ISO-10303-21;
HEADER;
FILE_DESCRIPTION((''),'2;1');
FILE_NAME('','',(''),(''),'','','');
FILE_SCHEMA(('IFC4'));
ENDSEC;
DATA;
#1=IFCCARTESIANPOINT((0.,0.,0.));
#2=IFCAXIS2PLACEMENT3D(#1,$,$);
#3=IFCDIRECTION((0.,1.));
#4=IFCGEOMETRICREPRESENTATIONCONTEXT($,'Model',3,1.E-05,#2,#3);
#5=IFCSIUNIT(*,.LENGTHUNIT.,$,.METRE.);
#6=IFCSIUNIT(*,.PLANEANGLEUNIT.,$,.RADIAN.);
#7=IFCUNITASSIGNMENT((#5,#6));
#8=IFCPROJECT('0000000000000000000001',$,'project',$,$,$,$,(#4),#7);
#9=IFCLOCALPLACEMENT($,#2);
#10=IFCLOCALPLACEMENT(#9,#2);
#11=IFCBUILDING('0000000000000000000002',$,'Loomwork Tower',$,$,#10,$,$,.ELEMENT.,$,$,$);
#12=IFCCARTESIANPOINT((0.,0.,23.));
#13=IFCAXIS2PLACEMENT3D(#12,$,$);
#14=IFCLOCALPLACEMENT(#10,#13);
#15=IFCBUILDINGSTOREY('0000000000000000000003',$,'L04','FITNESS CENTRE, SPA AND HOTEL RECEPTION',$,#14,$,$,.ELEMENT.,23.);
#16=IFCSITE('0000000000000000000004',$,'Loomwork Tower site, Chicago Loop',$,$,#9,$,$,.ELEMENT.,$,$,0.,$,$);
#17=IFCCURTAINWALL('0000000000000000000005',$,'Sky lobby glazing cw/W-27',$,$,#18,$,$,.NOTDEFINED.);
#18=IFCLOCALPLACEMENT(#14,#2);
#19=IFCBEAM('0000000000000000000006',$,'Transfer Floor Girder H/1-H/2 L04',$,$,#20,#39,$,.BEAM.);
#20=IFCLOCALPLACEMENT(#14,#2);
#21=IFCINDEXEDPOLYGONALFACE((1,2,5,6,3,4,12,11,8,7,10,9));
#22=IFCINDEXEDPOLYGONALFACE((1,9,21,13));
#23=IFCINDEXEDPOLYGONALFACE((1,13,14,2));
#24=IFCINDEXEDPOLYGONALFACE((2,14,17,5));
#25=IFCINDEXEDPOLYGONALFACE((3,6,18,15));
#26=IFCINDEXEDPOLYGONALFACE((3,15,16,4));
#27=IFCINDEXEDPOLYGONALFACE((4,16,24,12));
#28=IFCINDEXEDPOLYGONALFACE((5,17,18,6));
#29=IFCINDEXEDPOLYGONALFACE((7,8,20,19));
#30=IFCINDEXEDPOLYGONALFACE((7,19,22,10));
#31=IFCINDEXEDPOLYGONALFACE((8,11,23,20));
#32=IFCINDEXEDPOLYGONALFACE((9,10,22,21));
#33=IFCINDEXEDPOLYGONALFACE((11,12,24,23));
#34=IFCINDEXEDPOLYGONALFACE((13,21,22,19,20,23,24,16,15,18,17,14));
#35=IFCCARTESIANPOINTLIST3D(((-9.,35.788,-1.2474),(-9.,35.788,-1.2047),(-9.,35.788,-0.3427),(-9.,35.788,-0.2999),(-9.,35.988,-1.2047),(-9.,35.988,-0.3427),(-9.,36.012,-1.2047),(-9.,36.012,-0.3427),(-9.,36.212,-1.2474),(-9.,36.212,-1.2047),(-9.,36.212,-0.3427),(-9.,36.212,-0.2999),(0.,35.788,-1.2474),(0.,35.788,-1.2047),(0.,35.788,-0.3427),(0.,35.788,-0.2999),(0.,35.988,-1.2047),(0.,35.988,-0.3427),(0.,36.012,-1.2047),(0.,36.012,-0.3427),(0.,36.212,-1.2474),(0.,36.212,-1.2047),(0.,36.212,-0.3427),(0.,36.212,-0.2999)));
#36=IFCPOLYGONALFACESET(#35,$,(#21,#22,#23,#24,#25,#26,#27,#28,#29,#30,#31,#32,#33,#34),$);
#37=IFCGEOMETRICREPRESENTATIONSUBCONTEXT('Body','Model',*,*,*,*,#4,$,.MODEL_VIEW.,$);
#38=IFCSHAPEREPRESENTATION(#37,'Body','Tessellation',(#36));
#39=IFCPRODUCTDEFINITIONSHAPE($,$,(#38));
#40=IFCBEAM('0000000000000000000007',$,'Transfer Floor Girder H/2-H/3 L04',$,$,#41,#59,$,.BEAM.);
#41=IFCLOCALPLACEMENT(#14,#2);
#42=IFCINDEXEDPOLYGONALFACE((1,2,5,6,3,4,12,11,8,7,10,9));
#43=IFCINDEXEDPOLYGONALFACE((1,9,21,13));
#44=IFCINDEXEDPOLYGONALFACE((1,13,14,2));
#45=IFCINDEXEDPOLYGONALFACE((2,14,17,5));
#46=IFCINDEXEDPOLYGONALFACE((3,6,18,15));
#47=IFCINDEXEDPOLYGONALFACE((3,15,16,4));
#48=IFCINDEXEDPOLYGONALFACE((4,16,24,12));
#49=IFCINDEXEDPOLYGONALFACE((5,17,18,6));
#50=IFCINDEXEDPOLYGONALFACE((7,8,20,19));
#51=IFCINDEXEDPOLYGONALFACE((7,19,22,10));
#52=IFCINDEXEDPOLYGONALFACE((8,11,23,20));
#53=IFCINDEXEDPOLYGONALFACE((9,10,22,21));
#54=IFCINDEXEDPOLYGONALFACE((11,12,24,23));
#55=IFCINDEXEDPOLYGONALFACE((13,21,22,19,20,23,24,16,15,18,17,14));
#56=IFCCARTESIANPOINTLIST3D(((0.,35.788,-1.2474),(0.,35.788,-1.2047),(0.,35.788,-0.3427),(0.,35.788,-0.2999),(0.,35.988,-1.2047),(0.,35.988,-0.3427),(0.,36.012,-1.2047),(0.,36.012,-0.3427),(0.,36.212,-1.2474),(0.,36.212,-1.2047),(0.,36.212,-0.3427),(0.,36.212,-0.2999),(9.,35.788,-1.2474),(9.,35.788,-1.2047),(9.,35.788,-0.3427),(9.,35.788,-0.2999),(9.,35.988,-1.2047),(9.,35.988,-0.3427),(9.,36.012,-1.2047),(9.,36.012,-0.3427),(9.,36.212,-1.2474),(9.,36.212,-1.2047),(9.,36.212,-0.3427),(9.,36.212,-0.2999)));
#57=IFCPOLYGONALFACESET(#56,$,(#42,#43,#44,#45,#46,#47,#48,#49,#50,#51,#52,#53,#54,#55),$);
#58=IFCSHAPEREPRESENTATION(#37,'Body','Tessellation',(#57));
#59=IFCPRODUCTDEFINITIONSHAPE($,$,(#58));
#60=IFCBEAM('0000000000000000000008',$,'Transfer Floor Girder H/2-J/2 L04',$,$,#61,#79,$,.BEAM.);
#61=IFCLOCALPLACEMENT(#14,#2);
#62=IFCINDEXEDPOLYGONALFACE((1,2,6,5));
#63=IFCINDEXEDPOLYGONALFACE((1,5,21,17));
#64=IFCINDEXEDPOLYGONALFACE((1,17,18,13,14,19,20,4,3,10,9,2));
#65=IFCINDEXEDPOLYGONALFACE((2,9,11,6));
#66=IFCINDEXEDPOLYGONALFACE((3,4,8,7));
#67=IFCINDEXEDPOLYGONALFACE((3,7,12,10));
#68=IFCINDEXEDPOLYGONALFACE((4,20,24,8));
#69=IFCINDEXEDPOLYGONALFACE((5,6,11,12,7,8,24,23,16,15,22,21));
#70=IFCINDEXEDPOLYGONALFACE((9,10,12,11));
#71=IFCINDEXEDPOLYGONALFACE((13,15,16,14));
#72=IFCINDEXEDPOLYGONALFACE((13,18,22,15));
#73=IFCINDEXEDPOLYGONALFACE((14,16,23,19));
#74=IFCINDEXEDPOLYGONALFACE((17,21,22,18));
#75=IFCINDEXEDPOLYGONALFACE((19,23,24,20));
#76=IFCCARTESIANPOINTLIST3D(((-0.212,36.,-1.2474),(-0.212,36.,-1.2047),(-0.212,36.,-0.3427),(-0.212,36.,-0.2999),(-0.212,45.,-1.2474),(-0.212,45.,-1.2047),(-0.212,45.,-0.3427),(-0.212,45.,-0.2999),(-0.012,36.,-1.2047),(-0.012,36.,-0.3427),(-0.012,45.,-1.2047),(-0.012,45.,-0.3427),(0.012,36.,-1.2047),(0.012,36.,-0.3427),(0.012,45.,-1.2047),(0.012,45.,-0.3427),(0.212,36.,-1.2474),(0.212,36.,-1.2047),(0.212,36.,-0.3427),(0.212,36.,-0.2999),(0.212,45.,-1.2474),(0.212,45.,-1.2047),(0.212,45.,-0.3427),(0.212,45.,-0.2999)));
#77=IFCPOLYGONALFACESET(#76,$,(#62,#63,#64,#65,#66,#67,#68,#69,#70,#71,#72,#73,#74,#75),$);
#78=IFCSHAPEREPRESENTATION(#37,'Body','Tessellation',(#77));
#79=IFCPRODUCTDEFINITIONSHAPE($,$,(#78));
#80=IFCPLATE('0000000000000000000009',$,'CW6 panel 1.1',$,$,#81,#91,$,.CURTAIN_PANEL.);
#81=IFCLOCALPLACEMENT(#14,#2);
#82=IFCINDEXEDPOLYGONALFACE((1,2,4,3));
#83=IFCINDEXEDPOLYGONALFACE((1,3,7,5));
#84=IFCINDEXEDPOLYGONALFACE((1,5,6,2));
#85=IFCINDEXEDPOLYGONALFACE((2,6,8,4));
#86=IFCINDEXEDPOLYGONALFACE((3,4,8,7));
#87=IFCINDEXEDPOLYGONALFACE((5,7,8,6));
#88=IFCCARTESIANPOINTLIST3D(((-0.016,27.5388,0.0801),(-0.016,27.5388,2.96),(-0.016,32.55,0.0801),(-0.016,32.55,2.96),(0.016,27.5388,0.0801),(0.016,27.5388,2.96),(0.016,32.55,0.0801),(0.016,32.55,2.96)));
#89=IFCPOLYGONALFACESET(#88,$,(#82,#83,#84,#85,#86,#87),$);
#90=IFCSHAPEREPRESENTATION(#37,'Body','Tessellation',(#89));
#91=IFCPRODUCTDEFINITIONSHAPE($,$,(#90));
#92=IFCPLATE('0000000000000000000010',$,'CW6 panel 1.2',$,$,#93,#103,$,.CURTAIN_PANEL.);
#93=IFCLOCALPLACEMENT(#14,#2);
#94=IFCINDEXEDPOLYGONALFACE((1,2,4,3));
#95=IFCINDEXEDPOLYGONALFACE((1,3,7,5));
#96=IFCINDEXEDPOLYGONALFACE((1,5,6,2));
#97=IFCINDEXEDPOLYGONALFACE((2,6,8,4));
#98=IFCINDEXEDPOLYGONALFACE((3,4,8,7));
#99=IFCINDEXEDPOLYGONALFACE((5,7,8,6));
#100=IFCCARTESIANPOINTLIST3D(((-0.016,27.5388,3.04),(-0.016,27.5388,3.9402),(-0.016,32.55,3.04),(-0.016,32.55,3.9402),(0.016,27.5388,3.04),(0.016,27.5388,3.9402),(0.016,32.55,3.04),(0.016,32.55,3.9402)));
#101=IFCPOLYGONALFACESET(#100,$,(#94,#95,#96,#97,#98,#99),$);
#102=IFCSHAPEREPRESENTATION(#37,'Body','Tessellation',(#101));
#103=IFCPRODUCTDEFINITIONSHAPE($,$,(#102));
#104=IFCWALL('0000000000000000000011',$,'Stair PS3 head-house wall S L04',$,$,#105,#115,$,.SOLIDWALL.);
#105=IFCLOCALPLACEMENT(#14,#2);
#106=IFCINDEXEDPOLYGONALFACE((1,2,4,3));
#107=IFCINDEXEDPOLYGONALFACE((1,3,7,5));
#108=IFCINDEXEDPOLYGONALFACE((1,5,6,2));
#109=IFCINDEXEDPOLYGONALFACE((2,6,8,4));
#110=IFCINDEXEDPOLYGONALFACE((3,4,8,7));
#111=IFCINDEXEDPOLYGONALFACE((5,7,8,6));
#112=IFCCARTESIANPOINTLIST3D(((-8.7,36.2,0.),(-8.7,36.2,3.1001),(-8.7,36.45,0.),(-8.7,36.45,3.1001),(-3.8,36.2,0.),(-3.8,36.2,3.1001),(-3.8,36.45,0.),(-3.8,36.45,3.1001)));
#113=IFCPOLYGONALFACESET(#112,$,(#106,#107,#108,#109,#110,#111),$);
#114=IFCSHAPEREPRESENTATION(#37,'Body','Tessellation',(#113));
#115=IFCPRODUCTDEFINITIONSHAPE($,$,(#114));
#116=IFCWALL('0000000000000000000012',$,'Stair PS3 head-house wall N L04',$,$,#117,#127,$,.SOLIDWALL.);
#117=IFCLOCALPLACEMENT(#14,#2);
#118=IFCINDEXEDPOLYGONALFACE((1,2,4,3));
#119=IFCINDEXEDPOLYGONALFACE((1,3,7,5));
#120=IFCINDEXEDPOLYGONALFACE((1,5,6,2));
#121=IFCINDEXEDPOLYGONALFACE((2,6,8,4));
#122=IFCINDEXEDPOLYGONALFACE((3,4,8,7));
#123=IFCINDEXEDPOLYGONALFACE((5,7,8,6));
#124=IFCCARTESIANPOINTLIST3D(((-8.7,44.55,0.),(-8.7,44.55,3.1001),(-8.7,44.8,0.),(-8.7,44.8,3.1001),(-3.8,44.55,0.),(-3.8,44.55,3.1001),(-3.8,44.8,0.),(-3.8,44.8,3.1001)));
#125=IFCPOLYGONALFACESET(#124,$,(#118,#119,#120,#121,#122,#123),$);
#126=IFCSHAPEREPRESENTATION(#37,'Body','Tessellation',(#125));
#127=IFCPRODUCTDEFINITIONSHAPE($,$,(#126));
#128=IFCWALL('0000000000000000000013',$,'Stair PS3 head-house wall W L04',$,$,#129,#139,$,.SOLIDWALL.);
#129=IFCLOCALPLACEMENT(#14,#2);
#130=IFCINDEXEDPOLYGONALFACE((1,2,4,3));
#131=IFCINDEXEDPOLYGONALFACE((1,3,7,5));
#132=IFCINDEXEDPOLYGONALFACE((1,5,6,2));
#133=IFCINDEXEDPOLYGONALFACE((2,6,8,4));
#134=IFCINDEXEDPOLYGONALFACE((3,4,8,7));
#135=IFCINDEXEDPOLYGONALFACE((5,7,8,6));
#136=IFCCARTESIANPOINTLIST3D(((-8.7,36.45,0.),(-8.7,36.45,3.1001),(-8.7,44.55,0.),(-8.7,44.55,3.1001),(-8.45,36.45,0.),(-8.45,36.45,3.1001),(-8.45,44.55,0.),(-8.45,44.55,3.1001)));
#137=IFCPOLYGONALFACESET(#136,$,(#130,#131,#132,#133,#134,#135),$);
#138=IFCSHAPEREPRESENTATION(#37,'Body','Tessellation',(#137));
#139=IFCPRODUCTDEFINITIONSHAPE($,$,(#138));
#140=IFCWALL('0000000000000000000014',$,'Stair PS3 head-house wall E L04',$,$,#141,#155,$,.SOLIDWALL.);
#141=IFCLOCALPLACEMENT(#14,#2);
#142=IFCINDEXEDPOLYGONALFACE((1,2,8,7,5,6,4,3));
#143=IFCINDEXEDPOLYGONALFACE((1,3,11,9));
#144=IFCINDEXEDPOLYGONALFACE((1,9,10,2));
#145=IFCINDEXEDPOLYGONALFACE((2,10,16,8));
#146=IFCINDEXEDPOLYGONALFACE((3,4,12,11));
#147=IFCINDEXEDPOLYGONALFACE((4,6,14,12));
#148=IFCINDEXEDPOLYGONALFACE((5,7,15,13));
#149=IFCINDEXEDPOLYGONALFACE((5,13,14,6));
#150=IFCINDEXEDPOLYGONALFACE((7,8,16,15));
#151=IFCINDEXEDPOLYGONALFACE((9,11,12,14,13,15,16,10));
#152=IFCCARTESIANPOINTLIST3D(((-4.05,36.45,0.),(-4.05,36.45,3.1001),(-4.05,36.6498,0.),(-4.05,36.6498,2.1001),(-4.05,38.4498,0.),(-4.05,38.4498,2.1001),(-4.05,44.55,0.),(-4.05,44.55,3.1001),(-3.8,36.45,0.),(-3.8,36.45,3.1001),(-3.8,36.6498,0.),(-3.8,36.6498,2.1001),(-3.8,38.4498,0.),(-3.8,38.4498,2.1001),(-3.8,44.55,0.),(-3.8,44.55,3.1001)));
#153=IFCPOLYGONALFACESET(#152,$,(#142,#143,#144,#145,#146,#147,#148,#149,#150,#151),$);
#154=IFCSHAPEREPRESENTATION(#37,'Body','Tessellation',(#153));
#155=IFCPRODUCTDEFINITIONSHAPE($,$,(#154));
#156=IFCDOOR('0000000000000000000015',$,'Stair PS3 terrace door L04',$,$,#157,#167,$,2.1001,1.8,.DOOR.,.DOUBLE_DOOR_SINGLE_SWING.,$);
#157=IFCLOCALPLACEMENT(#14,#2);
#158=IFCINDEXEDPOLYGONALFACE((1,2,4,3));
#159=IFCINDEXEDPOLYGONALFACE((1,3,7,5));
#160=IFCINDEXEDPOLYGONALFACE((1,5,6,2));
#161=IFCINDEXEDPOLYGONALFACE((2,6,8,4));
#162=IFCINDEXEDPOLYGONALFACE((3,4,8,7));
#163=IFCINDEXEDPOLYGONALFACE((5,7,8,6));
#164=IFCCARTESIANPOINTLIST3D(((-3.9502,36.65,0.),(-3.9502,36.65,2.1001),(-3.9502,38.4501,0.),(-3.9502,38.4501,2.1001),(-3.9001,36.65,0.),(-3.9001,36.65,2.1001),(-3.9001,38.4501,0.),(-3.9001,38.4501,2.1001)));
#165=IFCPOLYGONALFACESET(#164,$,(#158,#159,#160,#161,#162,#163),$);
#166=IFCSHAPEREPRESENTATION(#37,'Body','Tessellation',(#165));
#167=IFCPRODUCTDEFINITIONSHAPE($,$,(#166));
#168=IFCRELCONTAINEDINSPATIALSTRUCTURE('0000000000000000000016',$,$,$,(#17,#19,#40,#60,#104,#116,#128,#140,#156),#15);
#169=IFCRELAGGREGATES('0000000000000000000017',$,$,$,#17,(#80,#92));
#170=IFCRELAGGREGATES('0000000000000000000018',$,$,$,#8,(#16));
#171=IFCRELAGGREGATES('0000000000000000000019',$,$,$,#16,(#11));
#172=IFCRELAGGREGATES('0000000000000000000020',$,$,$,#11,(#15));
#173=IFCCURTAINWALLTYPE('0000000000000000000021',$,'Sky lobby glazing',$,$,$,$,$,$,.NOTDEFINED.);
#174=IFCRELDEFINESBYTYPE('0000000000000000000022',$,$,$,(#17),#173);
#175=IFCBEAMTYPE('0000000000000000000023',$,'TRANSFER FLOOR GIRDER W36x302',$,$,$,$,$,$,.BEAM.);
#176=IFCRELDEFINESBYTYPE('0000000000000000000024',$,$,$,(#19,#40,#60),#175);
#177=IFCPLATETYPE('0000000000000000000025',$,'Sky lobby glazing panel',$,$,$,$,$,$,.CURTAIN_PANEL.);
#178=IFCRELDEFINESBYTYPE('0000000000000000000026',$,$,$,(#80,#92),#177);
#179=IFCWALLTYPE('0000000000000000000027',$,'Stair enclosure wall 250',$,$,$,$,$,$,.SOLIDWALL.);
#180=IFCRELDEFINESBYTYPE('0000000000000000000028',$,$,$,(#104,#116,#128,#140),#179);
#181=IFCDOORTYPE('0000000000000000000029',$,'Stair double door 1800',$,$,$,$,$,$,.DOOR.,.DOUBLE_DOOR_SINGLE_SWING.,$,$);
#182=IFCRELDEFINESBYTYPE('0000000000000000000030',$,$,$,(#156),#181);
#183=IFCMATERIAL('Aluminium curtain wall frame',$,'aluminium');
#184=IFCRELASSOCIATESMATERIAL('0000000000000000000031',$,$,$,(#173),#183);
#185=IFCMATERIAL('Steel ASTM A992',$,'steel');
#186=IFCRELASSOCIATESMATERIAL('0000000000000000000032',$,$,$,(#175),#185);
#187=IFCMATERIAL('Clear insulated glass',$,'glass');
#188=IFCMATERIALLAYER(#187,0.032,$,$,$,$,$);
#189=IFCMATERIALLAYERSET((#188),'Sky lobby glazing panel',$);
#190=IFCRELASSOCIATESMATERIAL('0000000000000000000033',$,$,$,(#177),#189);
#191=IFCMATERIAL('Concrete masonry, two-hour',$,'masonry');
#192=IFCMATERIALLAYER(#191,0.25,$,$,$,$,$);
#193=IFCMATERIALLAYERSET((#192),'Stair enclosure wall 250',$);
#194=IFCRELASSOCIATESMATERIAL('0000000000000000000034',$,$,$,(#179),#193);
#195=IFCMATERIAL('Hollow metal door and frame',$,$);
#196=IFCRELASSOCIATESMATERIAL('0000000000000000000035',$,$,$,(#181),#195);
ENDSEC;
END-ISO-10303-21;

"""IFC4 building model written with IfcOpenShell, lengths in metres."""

from ifc_helpers import new_model, si_unit, direction, frame, frame_2d, origin, origin_2d, place, context, subcontext, project, spatial, rectangle, i_section, extrude, material, layer, layer_set, material_profile, profile_set, type_object, element, fill, aggregate, save


model = new_model("IFC4")

# Units and contexts
model_context = context("Model", 3, precision=1e-05, world=origin(), true_north=direction((0.0, 1.0)))
body_context = subcontext(model_context, "Body", "Model", "MODEL_VIEW")
ifc_project = project(units=[si_unit("LENGTHUNIT", "METRE"), si_unit("PLANEANGLEUNIT", "RADIAN")], contexts=[model_context])

# Site, building, storey
site_placement = place(None, origin())
site = spatial("IfcSite", under=ifc_project, at=site_placement, Name="Loomwork Tower site, Chicago Loop", CompositionType="ELEMENT", RefElevation=0.0)
building_placement = place(site_placement, origin())
building = spatial("IfcBuilding", under=site, at=building_placement, Name="Loomwork Tower", CompositionType="ELEMENT")
storey_placement = place(building_placement, frame((0.0, 0.0, 23.0)))
storey = spatial("IfcBuildingStorey", under=building, at=storey_placement, Name="L04", Description="FITNESS CENTRE, SPA AND HOTEL RECEPTION", CompositionType="ELEMENT", Elevation=23.0)

# Curtain wall
ifc_material_1 = material(Name="Aluminium curtain wall frame", Category="aluminium")
curtain_wall_type = type_object("IfcCurtainWallType", Name="Sky lobby glazing", PredefinedType="NOTDEFINED", material=ifc_material_1)
curtain_wall_placement = place(storey_placement, origin())
curtain_wall = element("IfcCurtainWall", 1, at=curtain_wall_placement, inside=storey, type_object=curtain_wall_type, Name="Sky lobby glazing cw/W-27", PredefinedType="NOTDEFINED")

# Beams
ifc_material_2 = material(Name="Steel ASTM A992", Category="steel")
ifc_material_profile_1 = material_profile(ifc_material_2, i_section(OverallWidth=0.4241, OverallDepth=0.9475, WebThickness=0.0239, FlangeThickness=0.0427, at=origin_2d()), Name="W36x302")
ifc_profile_set_1 = profile_set([ifc_material_profile_1], Name="Steel ASTM A992")
beam_type_1 = type_object("IfcBeamType", Name="TRANSFER FLOOR GIRDER W36x302", PredefinedType="BEAM", material=ifc_profile_set_1)
for number, where, z_axis, x_axis, name in (
    (2, (-9.0, 36.0, -0.7737), (1.0, 0.0, 0.0), (0.0, 1.0, 0.0), "Transfer Floor Girder H/1-H/2 L04"),
    (3, (0.0, 36.0, -0.7737), (1.0, 0.0, 0.0), (0.0, 1.0, 0.0), "Transfer Floor Girder H/2-H/3 L04"),
    (4, (0.0, 36.0, -0.7737), (0.0, 1.0, 0.0), (-1.0, 0.0, 0.0), "Transfer Floor Girder H/2-J/2 L04"),
):
    element("IfcBeam", number, at=place(storey_placement, frame(where, z_axis=z_axis, x_axis=x_axis)), inside=storey, type_object=beam_type_1, Name=name, PredefinedType="BEAM", context=body_context, shape_type="SweptSolid", body=[
        extrude(i_section(OverallWidth=0.4241, OverallDepth=0.9475, WebThickness=0.0239, FlangeThickness=0.0427, at=origin_2d()), origin(), (0.0, 0.0, 1.0), 9.0),
    ])

# Plates
ifc_material_3 = material(Name="Clear insulated glass", Category="glass")
ifc_layer_1 = layer(ifc_material_3, 0.032)
ifc_layer_set_1 = layer_set([ifc_layer_1], Name="Sky lobby glazing panel")
plate_type = type_object("IfcPlateType", Name="Sky lobby glazing panel", PredefinedType="CURTAIN_PANEL", material=ifc_layer_set_1)
plate_1_placement = place(storey_placement, frame((0.0, 30.0444, 0.0801), z_axis=(0.0, 0.0, 1.0), x_axis=(0.0, -1.0, 0.0)))
plate_1 = element("IfcPlate", 5, at=plate_1_placement, type_object=plate_type, Name="CW6 panel 1.1", PredefinedType="CURTAIN_PANEL", context=body_context, shape_type="SweptSolid", body=[
    extrude(rectangle(XDim=5.0112, YDim=0.032, at=origin_2d()), origin(), (0.0, 0.0, 1.0), 2.8799),
])
plate_2_placement = place(storey_placement, frame((0.0, 30.0444, 3.04), z_axis=(0.0, 0.0, 1.0), x_axis=(0.0, -1.0, 0.0)))
plate_2 = element("IfcPlate", 6, at=plate_2_placement, type_object=plate_type, Name="CW6 panel 1.2", PredefinedType="CURTAIN_PANEL", context=body_context, shape_type="SweptSolid", body=[
    extrude(rectangle(XDim=5.0112, YDim=0.032, at=origin_2d()), origin(), (0.0, 0.0, 1.0), 0.9001),
])
aggregate(curtain_wall, [plate_1, plate_2])

# Walls
ifc_material_4 = material(Name="Concrete masonry, two-hour", Category="masonry")
ifc_layer_2 = layer(ifc_material_4, 0.25)
ifc_layer_set_2 = layer_set([ifc_layer_2], Name="Stair enclosure wall 250")
wall_type = type_object("IfcWallType", Name="Stair enclosure wall 250", PredefinedType="SOLIDWALL", material=ifc_layer_set_2)
for number, where, z_axis, x_axis, name in (
    (7, (-8.7, 36.325, 0.0), (0.0, 0.0, 1.0), (1.0, 0.0, 0.0), "Stair PS3 head-house wall S L04"),
    (8, (-8.7, 44.675, 0.0), (0.0, 0.0, 1.0), (1.0, 0.0, 0.0), "Stair PS3 head-house wall N L04"),
):
    element("IfcWall", number, at=place(storey_placement, frame(where, z_axis=z_axis, x_axis=x_axis)), inside=storey, type_object=wall_type, Name=name, PredefinedType="SOLIDWALL", context=body_context, shape_type="SweptSolid", body=[
        extrude(rectangle(XDim=4.8999, YDim=0.25, at=frame_2d((2.45, 0.0))), origin(), (0.0, 0.0, 1.0), 3.1001),
    ])
wall_1_placement = place(storey_placement, frame((-8.575, 36.45, 0.0), z_axis=(0.0, 0.0, 1.0), x_axis=(0.0, 1.0, 0.0)))
element("IfcWall", 9, at=wall_1_placement, inside=storey, type_object=wall_type, Name="Stair PS3 head-house wall W L04", PredefinedType="SOLIDWALL", context=body_context, shape_type="SweptSolid", body=[
    extrude(rectangle(XDim=8.1001, YDim=0.25, at=frame_2d((4.05, 0.0))), origin(), (0.0, 0.0, 1.0), 3.1001),
])

# Wall, opening, door
wall_2_placement = place(storey_placement, frame((-3.925, 36.45, 0.0), z_axis=(0.0, 0.0, 1.0), x_axis=(0.0, 1.0, 0.0)))
wall_2 = element("IfcWall", 10, at=wall_2_placement, inside=storey, type_object=wall_type, Name="Stair PS3 head-house wall E L04", PredefinedType="SOLIDWALL", context=body_context, shape_type="SweptSolid", body=[
    extrude(rectangle(XDim=8.1001, YDim=0.25, at=frame_2d((4.05, 0.0))), origin(), (0.0, 0.0, 1.0), 3.1001),
])
opening_placement = place(wall_2_placement, frame((0.2, 0.0, 0.0)))
opening = element("IfcOpeningElement", 11, at=opening_placement, cuts=wall_2, PredefinedType="OPENING", context=body_context, shape_type="SweptSolid", body=[
    extrude(rectangle(XDim=1.8, YDim=2.1001, at=frame_2d((0.8999, 1.05))), frame((0.0, 0.135, 0.0), z_axis=(0.0, -1.0, 0.0), x_axis=(1.0, 0.0, 0.0)), (0.0, 0.0, 1.0), 0.27),
])
ifc_material_5 = material(Name="Hollow metal door and frame")
door_type = type_object("IfcDoorType", Name="Stair double door 1800", OperationType="DOUBLE_DOOR_SINGLE_SWING", PredefinedType="DOOR", material=ifc_material_5)
door_placement = place(opening_placement, frame((1.8, 0.0, 0.0), z_axis=(0.0, 0.0, 1.0), x_axis=(-1.0, 0.0, 0.0)))
door = element("IfcDoor", 12, at=door_placement, inside=storey, type_object=door_type, Name="Stair PS3 terrace door L04", OperationType="DOUBLE_DOOR_SINGLE_SWING", OverallHeight=2.1001, OverallWidth=1.8, PredefinedType="DOOR", context=body_context, shape_type="SweptSolid", body=[
    extrude(rectangle(XDim=1.8, YDim=2.1001, at=frame_2d((0.8999, 1.05))), frame((0.0, 0.0249, 0.0), z_axis=(0.0, -1.0, 0.0), x_axis=(1.0, 0.0, 0.0)), (0.0, 0.0, 1.0), 0.05),
])
fill(opening, door)

save(model, "model.ifc")
